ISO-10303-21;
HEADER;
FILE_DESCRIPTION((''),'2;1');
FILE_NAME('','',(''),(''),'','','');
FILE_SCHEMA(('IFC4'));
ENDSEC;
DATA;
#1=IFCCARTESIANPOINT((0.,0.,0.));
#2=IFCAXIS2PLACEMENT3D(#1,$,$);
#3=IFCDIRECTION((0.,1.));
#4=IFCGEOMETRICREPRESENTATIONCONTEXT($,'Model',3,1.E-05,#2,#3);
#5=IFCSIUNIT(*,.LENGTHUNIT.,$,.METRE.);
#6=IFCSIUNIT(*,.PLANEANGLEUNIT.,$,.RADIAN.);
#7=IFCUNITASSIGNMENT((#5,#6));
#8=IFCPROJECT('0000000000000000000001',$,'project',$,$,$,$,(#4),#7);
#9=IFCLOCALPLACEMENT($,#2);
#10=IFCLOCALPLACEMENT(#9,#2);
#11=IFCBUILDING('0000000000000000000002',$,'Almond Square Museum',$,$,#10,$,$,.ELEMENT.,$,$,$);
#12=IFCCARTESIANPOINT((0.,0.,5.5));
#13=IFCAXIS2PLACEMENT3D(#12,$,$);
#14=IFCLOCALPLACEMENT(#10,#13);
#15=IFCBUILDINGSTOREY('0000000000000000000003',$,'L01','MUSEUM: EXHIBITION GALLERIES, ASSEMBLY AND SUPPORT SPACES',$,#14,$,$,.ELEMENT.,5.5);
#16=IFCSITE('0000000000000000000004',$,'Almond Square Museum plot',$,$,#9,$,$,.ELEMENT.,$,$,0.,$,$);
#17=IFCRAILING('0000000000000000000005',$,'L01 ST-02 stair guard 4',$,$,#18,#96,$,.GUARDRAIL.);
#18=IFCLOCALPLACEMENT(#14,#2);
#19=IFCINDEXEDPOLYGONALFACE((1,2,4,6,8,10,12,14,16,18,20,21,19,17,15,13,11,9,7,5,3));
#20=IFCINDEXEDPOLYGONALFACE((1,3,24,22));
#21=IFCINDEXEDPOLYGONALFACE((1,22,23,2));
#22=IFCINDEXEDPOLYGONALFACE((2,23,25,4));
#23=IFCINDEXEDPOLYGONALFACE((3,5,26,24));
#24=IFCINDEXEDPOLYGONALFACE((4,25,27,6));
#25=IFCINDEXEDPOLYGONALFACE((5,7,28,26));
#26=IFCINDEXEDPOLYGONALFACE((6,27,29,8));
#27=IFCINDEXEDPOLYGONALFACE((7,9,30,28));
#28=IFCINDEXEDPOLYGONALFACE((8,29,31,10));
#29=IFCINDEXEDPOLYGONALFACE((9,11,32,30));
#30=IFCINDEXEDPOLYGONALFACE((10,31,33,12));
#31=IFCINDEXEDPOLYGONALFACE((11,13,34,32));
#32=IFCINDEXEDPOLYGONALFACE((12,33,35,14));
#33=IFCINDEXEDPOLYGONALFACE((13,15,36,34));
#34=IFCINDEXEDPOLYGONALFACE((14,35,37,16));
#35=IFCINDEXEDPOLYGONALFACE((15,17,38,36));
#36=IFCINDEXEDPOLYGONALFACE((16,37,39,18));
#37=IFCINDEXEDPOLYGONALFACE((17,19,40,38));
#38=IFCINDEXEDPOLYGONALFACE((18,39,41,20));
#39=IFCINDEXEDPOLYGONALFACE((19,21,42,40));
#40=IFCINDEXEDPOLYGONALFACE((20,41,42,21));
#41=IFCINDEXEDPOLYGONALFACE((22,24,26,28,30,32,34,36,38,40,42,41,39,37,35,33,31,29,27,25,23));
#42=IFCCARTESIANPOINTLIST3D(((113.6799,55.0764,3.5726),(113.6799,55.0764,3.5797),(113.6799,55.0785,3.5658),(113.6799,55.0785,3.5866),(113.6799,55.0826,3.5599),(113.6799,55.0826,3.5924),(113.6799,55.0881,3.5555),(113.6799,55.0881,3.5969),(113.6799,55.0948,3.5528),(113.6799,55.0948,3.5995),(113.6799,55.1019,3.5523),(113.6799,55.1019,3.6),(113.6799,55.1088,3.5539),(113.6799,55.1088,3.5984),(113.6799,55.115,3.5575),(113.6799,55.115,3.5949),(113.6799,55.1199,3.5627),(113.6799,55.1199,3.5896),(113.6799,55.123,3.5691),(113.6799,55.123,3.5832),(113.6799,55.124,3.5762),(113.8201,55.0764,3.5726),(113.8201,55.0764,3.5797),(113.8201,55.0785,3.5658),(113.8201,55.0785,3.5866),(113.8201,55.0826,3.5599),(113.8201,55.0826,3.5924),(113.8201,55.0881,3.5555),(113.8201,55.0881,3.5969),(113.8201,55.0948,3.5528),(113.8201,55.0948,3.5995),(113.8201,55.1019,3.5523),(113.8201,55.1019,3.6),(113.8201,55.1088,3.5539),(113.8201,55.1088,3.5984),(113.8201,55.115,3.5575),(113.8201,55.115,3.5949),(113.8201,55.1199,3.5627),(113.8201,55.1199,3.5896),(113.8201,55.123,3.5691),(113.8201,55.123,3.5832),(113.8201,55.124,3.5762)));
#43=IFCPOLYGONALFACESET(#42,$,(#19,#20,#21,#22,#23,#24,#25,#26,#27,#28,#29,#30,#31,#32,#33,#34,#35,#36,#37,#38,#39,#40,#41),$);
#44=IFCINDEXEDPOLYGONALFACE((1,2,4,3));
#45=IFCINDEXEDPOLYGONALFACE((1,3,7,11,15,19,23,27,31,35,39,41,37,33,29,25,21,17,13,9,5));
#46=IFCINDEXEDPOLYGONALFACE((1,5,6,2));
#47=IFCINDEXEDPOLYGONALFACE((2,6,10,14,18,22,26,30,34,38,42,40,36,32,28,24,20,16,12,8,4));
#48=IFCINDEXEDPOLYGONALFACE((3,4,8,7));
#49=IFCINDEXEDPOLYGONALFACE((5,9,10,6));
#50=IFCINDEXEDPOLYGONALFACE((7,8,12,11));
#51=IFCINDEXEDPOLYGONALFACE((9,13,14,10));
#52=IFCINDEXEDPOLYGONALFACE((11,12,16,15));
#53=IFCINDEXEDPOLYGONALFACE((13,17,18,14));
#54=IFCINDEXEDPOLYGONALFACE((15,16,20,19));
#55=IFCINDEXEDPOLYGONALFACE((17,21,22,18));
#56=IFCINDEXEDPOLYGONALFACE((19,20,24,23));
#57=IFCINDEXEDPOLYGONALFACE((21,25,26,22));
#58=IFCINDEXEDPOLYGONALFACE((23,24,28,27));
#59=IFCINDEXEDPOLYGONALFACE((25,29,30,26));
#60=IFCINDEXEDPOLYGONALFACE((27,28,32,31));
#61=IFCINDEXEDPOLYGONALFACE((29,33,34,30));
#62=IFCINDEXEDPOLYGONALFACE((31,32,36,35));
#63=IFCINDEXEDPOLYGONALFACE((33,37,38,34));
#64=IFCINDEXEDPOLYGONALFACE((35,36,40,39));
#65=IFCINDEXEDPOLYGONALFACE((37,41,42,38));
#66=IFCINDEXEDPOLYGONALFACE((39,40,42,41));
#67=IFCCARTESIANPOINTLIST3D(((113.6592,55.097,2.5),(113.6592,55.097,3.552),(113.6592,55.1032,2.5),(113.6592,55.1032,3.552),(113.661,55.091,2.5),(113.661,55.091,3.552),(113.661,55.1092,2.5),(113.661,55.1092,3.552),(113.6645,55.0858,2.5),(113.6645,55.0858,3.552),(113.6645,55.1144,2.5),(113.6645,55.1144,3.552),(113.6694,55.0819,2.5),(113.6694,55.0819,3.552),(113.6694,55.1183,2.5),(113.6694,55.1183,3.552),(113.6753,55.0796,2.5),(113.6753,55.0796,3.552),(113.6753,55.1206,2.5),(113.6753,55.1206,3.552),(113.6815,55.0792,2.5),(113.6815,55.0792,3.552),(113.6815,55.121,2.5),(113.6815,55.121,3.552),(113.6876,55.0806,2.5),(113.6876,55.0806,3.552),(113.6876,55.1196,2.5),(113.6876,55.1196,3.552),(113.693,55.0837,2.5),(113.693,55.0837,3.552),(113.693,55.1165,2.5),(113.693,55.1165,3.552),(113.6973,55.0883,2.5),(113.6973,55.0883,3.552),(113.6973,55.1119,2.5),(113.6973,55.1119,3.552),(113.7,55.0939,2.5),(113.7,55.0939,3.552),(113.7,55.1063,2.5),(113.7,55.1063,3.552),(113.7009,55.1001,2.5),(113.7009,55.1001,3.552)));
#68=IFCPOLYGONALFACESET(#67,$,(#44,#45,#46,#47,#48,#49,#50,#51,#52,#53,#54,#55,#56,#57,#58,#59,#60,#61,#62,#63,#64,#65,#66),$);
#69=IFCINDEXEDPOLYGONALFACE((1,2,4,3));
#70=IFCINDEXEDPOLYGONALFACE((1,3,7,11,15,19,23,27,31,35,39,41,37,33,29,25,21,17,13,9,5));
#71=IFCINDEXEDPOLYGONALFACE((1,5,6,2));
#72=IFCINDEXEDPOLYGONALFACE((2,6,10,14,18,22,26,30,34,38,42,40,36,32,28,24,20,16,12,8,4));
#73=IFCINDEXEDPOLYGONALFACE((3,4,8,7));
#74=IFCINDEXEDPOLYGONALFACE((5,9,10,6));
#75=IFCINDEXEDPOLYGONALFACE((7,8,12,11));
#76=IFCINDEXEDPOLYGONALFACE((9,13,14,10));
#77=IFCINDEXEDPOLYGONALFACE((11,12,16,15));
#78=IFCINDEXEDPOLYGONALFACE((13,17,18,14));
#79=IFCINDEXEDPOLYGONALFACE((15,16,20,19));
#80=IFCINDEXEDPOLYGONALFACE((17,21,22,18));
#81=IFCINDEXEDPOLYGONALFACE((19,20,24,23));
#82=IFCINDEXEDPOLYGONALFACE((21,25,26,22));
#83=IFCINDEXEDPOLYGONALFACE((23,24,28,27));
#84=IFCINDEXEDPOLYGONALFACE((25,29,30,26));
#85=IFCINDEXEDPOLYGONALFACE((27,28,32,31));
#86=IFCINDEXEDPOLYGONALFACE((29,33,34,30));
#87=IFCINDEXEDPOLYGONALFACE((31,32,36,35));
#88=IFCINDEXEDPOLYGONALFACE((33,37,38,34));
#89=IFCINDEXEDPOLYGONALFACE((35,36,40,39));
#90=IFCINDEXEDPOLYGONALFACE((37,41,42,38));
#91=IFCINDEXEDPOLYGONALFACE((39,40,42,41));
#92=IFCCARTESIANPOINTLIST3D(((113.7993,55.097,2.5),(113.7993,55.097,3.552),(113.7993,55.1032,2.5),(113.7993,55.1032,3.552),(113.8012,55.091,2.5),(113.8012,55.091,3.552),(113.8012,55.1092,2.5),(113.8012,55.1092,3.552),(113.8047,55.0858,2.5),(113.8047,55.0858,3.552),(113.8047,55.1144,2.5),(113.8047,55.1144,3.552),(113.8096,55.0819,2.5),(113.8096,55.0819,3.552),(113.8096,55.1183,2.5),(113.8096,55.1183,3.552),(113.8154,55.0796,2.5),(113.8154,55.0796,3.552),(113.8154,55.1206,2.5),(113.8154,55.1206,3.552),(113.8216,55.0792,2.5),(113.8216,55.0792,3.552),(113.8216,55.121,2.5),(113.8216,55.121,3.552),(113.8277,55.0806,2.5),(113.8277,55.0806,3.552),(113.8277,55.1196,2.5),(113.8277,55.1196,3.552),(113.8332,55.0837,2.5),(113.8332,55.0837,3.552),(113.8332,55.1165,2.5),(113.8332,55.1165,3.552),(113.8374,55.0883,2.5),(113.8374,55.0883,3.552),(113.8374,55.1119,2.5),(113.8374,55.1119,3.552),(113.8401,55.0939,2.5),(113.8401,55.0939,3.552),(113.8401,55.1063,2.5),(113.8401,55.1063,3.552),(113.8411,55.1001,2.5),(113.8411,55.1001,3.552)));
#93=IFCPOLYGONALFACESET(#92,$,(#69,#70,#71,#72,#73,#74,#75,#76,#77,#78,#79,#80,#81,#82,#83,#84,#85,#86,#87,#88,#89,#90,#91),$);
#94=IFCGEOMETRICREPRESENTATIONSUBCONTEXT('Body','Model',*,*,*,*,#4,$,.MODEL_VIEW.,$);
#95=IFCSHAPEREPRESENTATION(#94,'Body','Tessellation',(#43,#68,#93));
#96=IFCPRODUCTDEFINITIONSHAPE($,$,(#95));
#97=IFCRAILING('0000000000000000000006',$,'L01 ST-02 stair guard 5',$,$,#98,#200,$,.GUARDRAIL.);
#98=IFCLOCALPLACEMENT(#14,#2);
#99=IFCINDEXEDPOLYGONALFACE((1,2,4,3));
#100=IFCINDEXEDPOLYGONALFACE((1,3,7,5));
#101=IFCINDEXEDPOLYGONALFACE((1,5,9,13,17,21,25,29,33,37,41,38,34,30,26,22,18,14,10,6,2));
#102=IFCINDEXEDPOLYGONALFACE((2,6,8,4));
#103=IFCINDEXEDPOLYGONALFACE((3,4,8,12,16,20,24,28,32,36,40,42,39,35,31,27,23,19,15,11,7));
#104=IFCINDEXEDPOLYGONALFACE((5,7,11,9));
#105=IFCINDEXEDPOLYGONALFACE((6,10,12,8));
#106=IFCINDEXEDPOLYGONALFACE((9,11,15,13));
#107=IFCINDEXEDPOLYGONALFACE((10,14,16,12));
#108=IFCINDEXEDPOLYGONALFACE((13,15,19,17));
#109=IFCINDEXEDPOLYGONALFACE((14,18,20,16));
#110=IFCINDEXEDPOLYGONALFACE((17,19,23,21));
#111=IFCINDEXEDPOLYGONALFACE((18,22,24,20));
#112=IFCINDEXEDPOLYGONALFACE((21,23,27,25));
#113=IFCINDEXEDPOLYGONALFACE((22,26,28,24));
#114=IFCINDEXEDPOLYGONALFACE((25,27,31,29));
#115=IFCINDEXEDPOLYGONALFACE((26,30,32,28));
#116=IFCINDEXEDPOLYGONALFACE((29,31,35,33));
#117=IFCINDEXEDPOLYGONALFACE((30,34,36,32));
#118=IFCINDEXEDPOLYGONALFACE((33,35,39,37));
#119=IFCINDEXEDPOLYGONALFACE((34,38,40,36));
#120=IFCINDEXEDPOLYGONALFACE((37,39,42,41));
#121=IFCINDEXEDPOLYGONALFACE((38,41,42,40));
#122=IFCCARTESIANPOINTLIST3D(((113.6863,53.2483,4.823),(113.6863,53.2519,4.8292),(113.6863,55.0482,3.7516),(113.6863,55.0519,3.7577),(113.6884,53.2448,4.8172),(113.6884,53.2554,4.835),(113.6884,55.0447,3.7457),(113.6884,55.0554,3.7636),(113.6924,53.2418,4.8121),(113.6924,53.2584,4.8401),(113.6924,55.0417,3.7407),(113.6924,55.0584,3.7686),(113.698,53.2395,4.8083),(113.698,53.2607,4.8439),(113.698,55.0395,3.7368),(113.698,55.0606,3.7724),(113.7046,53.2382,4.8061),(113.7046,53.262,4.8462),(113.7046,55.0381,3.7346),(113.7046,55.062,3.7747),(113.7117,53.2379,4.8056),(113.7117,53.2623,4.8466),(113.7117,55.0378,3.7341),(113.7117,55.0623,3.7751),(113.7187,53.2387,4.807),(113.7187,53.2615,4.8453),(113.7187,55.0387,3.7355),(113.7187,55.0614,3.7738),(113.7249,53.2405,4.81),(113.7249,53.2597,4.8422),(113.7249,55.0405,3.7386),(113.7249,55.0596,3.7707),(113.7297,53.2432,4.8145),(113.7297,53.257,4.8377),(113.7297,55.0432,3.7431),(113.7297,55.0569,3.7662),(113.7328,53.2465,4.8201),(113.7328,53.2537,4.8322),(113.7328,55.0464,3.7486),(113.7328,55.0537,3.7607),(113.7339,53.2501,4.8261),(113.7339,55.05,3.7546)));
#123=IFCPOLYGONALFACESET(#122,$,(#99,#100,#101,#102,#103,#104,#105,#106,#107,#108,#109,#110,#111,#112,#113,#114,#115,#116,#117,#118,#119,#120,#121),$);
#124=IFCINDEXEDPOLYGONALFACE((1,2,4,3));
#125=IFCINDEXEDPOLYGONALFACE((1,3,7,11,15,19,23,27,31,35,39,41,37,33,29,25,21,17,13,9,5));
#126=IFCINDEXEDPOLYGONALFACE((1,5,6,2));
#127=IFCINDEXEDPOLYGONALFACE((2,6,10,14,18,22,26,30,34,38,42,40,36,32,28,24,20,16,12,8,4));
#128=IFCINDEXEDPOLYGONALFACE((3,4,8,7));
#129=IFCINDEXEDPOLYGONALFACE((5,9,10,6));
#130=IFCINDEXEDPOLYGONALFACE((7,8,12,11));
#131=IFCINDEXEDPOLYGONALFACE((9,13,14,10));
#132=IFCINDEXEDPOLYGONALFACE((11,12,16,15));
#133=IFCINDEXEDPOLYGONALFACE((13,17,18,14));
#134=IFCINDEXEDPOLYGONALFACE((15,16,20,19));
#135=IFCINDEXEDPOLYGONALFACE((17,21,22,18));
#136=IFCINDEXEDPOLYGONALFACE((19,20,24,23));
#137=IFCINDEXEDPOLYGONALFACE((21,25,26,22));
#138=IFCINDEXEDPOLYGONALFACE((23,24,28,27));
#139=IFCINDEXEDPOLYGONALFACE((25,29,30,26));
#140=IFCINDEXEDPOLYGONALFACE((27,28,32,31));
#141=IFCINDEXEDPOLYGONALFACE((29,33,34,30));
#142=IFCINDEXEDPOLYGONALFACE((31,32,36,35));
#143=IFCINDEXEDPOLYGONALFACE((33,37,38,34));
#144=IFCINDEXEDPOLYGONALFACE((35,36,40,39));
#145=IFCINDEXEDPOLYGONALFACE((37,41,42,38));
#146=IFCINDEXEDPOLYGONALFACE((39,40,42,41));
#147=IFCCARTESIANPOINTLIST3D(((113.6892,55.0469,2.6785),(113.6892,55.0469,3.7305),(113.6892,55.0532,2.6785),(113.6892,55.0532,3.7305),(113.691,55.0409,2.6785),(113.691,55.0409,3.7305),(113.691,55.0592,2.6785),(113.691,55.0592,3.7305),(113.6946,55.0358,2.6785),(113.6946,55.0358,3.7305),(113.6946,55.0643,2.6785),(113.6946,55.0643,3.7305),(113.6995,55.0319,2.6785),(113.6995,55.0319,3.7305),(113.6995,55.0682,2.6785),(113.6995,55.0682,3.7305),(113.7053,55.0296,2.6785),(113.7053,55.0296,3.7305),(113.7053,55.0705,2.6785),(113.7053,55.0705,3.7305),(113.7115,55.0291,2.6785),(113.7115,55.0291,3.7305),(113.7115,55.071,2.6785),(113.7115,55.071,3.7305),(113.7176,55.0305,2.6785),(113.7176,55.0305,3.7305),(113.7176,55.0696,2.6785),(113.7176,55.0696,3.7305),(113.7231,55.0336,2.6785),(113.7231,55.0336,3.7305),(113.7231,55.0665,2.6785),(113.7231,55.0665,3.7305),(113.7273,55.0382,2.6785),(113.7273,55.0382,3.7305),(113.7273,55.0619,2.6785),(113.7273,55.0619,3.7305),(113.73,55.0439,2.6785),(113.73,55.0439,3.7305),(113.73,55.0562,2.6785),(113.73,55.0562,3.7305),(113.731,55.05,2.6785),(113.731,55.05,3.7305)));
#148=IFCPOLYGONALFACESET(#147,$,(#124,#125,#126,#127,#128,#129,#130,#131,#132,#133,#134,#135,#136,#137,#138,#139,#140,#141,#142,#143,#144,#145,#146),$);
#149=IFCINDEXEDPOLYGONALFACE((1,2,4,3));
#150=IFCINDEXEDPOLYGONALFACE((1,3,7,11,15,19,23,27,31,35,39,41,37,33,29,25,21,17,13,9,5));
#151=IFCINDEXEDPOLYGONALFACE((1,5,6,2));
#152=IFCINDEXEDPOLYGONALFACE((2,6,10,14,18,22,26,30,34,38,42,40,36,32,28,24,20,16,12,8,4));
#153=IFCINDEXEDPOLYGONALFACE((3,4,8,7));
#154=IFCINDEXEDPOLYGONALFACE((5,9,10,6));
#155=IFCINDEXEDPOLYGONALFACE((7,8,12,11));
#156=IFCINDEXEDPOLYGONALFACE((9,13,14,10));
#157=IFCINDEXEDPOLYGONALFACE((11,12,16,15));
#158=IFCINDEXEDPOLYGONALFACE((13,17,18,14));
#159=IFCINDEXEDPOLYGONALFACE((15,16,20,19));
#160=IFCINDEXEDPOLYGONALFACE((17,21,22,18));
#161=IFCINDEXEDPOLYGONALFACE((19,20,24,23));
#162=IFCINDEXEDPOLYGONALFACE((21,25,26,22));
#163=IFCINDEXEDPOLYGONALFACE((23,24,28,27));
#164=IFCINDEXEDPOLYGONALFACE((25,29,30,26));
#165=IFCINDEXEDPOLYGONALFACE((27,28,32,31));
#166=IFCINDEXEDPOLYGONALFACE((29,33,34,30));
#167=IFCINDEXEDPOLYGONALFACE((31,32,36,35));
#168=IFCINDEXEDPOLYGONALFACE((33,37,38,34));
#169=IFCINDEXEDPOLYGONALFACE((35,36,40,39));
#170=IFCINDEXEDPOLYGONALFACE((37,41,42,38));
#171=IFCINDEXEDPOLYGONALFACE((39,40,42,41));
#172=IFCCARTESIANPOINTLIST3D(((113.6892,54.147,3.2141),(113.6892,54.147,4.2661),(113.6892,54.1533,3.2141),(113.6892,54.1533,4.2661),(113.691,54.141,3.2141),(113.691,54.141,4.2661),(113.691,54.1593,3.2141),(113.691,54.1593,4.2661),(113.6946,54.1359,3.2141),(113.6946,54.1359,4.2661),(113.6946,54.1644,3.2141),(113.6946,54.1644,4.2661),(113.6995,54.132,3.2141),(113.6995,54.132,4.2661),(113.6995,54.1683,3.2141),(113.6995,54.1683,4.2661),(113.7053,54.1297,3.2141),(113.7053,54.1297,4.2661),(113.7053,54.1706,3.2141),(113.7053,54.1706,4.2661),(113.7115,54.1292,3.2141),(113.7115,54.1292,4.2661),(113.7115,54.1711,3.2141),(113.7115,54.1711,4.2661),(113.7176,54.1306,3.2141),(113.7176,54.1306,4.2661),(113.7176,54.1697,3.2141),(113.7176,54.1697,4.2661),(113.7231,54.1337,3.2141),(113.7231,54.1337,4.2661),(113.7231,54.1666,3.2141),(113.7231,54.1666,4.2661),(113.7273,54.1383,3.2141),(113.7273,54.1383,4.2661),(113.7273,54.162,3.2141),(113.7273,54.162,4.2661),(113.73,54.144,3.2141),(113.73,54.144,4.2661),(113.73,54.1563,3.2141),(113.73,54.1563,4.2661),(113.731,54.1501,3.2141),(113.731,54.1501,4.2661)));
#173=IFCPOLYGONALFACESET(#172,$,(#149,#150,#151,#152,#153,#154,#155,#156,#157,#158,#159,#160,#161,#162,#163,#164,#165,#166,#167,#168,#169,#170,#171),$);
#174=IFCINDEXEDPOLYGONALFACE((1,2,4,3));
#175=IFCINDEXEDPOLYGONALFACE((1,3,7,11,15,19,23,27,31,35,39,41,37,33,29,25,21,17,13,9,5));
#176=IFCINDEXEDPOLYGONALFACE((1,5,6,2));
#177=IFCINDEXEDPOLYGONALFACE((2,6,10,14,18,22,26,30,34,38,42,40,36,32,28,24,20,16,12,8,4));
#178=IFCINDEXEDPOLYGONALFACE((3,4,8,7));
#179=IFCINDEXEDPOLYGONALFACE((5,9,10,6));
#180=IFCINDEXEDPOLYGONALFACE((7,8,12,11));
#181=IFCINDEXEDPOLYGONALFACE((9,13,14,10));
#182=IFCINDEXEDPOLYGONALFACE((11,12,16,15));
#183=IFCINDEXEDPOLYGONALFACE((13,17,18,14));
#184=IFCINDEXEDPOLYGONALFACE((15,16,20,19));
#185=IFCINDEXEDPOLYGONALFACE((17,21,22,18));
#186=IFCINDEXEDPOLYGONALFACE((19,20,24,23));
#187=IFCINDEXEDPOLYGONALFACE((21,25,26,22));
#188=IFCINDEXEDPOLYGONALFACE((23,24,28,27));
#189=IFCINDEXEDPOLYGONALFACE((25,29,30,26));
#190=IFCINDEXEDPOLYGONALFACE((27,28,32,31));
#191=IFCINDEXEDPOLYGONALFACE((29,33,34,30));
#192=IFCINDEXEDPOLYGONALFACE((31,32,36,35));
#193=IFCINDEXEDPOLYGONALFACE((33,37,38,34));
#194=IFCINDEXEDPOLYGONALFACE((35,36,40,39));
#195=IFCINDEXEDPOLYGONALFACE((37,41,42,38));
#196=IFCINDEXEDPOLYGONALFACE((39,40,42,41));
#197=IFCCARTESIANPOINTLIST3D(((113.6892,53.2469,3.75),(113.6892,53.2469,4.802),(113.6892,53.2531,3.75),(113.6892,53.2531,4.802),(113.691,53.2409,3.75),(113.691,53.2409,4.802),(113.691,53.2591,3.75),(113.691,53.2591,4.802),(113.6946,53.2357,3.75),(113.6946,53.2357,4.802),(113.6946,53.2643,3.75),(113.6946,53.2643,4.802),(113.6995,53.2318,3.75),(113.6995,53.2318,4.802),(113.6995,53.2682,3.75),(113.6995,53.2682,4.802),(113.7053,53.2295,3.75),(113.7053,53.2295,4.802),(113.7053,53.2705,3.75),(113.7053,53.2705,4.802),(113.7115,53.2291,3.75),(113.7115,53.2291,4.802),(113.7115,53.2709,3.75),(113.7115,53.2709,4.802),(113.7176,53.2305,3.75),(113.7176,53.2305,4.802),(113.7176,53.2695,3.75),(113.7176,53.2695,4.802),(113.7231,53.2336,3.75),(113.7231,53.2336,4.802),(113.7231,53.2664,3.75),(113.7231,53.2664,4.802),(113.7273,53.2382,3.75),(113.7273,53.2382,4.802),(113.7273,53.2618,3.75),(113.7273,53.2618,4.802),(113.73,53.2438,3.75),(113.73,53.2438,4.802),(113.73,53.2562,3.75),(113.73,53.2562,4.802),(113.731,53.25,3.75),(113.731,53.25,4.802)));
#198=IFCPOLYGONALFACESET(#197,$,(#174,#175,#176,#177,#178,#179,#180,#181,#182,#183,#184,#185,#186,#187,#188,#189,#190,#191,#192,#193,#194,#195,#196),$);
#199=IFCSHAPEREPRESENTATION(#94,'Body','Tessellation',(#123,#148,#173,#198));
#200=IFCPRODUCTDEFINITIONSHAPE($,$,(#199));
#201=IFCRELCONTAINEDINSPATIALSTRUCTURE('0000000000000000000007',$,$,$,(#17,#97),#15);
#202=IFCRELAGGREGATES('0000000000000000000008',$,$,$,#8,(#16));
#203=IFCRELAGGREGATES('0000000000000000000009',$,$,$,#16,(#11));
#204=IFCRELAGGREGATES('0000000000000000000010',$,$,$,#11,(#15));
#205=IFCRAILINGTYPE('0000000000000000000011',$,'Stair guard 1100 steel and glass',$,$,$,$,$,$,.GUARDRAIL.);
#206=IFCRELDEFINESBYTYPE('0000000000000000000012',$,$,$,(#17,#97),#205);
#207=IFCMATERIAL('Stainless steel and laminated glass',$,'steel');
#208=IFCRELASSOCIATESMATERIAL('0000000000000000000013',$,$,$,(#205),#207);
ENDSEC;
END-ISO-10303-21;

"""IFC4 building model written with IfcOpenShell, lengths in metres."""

from ifc_helpers import new_model, si_unit, direction, frame, origin, origin_2d, place, context, subcontext, project, spatial, circle, extrude, material, type_object, element, save


model = new_model("IFC4")

# Units and contexts
model_context = context("Model", 3, precision=1e-05, world=origin(), true_north=direction((0.0, 1.0)))
body_context = subcontext(model_context, "Body", "Model", "MODEL_VIEW")
ifc_project = project(units=[si_unit("LENGTHUNIT", "METRE"), si_unit("PLANEANGLEUNIT", "RADIAN")], contexts=[model_context])

# Site, building, storey
site_placement = place(None, origin())
site = spatial("IfcSite", under=ifc_project, at=site_placement, Name="Almond Square Museum plot", CompositionType="ELEMENT", RefElevation=0.0)
building_placement = place(site_placement, origin())
building = spatial("IfcBuilding", under=site, at=building_placement, Name="Almond Square Museum", CompositionType="ELEMENT")
storey_placement = place(building_placement, frame((0.0, 0.0, 5.5)))
storey = spatial("IfcBuildingStorey", under=building, at=storey_placement, Name="L01", Description="MUSEUM: EXHIBITION GALLERIES, ASSEMBLY AND SUPPORT SPACES", CompositionType="ELEMENT", Elevation=5.5)

# Railings
ifc_material_1 = material(Name="Stainless steel and laminated glass", Category="steel")
railing_type_1 = type_object("IfcRailingType", Name="Stair guard 1100 steel and glass", PredefinedType="GUARDRAIL", material=ifc_material_1)
railing_1_placement = place(storey_placement, frame((113.6799, 55.1001, 2.5)))
element("IfcRailing", 1, at=railing_1_placement, inside=storey, type_object=railing_type_1, Name="L01 ST-02 stair guard 4", PredefinedType="GUARDRAIL", context=body_context, shape_type="SweptSolid", body=[
    extrude(circle(Radius=0.0239, at=origin_2d()), frame((0.0, 0.0, 1.0762), z_axis=(1.0, 0.0, 0.0), x_axis=(0.0, 1.0, 0.0)), (0.0, 0.0, 1.0), 0.1401),
    extrude(circle(Radius=0.021, at=origin_2d()), origin(), (0.0, 0.0, 1.0), 1.052),
    extrude(circle(Radius=0.021, at=origin_2d()), frame((0.1401, 0.0, 0.0)), (0.0, 0.0, 1.0), 1.052),
])
railing_2_placement = place(storey_placement, frame((113.71, 55.05, 2.6785)))
element("IfcRailing", 2, at=railing_2_placement, inside=storey, type_object=railing_type_1, Name="L01 ST-02 stair guard 5", PredefinedType="GUARDRAIL", context=body_context, shape_type="SweptSolid", body=[
    extrude(circle(Radius=0.0239, at=origin_2d()), frame((0.0, 0.0, 1.0762), z_axis=(0.0, -0.859277, 0.51151), x_axis=(1.0, 0.0, 0.0)), (0.0, 0.0, 1.0), 2.0947),
    extrude(circle(Radius=0.021, at=origin_2d()), origin(), (0.0, 0.0, 1.0), 1.052),
    extrude(circle(Radius=0.021, at=origin_2d()), frame((0.0, -0.8999, 0.5356)), (0.0, 0.0, 1.0), 1.052),
    extrude(circle(Radius=0.021, at=origin_2d()), frame((0.0, -1.8, 1.0715)), (0.0, 0.0, 1.0), 1.052),
])

save(model, "model.ifc")
